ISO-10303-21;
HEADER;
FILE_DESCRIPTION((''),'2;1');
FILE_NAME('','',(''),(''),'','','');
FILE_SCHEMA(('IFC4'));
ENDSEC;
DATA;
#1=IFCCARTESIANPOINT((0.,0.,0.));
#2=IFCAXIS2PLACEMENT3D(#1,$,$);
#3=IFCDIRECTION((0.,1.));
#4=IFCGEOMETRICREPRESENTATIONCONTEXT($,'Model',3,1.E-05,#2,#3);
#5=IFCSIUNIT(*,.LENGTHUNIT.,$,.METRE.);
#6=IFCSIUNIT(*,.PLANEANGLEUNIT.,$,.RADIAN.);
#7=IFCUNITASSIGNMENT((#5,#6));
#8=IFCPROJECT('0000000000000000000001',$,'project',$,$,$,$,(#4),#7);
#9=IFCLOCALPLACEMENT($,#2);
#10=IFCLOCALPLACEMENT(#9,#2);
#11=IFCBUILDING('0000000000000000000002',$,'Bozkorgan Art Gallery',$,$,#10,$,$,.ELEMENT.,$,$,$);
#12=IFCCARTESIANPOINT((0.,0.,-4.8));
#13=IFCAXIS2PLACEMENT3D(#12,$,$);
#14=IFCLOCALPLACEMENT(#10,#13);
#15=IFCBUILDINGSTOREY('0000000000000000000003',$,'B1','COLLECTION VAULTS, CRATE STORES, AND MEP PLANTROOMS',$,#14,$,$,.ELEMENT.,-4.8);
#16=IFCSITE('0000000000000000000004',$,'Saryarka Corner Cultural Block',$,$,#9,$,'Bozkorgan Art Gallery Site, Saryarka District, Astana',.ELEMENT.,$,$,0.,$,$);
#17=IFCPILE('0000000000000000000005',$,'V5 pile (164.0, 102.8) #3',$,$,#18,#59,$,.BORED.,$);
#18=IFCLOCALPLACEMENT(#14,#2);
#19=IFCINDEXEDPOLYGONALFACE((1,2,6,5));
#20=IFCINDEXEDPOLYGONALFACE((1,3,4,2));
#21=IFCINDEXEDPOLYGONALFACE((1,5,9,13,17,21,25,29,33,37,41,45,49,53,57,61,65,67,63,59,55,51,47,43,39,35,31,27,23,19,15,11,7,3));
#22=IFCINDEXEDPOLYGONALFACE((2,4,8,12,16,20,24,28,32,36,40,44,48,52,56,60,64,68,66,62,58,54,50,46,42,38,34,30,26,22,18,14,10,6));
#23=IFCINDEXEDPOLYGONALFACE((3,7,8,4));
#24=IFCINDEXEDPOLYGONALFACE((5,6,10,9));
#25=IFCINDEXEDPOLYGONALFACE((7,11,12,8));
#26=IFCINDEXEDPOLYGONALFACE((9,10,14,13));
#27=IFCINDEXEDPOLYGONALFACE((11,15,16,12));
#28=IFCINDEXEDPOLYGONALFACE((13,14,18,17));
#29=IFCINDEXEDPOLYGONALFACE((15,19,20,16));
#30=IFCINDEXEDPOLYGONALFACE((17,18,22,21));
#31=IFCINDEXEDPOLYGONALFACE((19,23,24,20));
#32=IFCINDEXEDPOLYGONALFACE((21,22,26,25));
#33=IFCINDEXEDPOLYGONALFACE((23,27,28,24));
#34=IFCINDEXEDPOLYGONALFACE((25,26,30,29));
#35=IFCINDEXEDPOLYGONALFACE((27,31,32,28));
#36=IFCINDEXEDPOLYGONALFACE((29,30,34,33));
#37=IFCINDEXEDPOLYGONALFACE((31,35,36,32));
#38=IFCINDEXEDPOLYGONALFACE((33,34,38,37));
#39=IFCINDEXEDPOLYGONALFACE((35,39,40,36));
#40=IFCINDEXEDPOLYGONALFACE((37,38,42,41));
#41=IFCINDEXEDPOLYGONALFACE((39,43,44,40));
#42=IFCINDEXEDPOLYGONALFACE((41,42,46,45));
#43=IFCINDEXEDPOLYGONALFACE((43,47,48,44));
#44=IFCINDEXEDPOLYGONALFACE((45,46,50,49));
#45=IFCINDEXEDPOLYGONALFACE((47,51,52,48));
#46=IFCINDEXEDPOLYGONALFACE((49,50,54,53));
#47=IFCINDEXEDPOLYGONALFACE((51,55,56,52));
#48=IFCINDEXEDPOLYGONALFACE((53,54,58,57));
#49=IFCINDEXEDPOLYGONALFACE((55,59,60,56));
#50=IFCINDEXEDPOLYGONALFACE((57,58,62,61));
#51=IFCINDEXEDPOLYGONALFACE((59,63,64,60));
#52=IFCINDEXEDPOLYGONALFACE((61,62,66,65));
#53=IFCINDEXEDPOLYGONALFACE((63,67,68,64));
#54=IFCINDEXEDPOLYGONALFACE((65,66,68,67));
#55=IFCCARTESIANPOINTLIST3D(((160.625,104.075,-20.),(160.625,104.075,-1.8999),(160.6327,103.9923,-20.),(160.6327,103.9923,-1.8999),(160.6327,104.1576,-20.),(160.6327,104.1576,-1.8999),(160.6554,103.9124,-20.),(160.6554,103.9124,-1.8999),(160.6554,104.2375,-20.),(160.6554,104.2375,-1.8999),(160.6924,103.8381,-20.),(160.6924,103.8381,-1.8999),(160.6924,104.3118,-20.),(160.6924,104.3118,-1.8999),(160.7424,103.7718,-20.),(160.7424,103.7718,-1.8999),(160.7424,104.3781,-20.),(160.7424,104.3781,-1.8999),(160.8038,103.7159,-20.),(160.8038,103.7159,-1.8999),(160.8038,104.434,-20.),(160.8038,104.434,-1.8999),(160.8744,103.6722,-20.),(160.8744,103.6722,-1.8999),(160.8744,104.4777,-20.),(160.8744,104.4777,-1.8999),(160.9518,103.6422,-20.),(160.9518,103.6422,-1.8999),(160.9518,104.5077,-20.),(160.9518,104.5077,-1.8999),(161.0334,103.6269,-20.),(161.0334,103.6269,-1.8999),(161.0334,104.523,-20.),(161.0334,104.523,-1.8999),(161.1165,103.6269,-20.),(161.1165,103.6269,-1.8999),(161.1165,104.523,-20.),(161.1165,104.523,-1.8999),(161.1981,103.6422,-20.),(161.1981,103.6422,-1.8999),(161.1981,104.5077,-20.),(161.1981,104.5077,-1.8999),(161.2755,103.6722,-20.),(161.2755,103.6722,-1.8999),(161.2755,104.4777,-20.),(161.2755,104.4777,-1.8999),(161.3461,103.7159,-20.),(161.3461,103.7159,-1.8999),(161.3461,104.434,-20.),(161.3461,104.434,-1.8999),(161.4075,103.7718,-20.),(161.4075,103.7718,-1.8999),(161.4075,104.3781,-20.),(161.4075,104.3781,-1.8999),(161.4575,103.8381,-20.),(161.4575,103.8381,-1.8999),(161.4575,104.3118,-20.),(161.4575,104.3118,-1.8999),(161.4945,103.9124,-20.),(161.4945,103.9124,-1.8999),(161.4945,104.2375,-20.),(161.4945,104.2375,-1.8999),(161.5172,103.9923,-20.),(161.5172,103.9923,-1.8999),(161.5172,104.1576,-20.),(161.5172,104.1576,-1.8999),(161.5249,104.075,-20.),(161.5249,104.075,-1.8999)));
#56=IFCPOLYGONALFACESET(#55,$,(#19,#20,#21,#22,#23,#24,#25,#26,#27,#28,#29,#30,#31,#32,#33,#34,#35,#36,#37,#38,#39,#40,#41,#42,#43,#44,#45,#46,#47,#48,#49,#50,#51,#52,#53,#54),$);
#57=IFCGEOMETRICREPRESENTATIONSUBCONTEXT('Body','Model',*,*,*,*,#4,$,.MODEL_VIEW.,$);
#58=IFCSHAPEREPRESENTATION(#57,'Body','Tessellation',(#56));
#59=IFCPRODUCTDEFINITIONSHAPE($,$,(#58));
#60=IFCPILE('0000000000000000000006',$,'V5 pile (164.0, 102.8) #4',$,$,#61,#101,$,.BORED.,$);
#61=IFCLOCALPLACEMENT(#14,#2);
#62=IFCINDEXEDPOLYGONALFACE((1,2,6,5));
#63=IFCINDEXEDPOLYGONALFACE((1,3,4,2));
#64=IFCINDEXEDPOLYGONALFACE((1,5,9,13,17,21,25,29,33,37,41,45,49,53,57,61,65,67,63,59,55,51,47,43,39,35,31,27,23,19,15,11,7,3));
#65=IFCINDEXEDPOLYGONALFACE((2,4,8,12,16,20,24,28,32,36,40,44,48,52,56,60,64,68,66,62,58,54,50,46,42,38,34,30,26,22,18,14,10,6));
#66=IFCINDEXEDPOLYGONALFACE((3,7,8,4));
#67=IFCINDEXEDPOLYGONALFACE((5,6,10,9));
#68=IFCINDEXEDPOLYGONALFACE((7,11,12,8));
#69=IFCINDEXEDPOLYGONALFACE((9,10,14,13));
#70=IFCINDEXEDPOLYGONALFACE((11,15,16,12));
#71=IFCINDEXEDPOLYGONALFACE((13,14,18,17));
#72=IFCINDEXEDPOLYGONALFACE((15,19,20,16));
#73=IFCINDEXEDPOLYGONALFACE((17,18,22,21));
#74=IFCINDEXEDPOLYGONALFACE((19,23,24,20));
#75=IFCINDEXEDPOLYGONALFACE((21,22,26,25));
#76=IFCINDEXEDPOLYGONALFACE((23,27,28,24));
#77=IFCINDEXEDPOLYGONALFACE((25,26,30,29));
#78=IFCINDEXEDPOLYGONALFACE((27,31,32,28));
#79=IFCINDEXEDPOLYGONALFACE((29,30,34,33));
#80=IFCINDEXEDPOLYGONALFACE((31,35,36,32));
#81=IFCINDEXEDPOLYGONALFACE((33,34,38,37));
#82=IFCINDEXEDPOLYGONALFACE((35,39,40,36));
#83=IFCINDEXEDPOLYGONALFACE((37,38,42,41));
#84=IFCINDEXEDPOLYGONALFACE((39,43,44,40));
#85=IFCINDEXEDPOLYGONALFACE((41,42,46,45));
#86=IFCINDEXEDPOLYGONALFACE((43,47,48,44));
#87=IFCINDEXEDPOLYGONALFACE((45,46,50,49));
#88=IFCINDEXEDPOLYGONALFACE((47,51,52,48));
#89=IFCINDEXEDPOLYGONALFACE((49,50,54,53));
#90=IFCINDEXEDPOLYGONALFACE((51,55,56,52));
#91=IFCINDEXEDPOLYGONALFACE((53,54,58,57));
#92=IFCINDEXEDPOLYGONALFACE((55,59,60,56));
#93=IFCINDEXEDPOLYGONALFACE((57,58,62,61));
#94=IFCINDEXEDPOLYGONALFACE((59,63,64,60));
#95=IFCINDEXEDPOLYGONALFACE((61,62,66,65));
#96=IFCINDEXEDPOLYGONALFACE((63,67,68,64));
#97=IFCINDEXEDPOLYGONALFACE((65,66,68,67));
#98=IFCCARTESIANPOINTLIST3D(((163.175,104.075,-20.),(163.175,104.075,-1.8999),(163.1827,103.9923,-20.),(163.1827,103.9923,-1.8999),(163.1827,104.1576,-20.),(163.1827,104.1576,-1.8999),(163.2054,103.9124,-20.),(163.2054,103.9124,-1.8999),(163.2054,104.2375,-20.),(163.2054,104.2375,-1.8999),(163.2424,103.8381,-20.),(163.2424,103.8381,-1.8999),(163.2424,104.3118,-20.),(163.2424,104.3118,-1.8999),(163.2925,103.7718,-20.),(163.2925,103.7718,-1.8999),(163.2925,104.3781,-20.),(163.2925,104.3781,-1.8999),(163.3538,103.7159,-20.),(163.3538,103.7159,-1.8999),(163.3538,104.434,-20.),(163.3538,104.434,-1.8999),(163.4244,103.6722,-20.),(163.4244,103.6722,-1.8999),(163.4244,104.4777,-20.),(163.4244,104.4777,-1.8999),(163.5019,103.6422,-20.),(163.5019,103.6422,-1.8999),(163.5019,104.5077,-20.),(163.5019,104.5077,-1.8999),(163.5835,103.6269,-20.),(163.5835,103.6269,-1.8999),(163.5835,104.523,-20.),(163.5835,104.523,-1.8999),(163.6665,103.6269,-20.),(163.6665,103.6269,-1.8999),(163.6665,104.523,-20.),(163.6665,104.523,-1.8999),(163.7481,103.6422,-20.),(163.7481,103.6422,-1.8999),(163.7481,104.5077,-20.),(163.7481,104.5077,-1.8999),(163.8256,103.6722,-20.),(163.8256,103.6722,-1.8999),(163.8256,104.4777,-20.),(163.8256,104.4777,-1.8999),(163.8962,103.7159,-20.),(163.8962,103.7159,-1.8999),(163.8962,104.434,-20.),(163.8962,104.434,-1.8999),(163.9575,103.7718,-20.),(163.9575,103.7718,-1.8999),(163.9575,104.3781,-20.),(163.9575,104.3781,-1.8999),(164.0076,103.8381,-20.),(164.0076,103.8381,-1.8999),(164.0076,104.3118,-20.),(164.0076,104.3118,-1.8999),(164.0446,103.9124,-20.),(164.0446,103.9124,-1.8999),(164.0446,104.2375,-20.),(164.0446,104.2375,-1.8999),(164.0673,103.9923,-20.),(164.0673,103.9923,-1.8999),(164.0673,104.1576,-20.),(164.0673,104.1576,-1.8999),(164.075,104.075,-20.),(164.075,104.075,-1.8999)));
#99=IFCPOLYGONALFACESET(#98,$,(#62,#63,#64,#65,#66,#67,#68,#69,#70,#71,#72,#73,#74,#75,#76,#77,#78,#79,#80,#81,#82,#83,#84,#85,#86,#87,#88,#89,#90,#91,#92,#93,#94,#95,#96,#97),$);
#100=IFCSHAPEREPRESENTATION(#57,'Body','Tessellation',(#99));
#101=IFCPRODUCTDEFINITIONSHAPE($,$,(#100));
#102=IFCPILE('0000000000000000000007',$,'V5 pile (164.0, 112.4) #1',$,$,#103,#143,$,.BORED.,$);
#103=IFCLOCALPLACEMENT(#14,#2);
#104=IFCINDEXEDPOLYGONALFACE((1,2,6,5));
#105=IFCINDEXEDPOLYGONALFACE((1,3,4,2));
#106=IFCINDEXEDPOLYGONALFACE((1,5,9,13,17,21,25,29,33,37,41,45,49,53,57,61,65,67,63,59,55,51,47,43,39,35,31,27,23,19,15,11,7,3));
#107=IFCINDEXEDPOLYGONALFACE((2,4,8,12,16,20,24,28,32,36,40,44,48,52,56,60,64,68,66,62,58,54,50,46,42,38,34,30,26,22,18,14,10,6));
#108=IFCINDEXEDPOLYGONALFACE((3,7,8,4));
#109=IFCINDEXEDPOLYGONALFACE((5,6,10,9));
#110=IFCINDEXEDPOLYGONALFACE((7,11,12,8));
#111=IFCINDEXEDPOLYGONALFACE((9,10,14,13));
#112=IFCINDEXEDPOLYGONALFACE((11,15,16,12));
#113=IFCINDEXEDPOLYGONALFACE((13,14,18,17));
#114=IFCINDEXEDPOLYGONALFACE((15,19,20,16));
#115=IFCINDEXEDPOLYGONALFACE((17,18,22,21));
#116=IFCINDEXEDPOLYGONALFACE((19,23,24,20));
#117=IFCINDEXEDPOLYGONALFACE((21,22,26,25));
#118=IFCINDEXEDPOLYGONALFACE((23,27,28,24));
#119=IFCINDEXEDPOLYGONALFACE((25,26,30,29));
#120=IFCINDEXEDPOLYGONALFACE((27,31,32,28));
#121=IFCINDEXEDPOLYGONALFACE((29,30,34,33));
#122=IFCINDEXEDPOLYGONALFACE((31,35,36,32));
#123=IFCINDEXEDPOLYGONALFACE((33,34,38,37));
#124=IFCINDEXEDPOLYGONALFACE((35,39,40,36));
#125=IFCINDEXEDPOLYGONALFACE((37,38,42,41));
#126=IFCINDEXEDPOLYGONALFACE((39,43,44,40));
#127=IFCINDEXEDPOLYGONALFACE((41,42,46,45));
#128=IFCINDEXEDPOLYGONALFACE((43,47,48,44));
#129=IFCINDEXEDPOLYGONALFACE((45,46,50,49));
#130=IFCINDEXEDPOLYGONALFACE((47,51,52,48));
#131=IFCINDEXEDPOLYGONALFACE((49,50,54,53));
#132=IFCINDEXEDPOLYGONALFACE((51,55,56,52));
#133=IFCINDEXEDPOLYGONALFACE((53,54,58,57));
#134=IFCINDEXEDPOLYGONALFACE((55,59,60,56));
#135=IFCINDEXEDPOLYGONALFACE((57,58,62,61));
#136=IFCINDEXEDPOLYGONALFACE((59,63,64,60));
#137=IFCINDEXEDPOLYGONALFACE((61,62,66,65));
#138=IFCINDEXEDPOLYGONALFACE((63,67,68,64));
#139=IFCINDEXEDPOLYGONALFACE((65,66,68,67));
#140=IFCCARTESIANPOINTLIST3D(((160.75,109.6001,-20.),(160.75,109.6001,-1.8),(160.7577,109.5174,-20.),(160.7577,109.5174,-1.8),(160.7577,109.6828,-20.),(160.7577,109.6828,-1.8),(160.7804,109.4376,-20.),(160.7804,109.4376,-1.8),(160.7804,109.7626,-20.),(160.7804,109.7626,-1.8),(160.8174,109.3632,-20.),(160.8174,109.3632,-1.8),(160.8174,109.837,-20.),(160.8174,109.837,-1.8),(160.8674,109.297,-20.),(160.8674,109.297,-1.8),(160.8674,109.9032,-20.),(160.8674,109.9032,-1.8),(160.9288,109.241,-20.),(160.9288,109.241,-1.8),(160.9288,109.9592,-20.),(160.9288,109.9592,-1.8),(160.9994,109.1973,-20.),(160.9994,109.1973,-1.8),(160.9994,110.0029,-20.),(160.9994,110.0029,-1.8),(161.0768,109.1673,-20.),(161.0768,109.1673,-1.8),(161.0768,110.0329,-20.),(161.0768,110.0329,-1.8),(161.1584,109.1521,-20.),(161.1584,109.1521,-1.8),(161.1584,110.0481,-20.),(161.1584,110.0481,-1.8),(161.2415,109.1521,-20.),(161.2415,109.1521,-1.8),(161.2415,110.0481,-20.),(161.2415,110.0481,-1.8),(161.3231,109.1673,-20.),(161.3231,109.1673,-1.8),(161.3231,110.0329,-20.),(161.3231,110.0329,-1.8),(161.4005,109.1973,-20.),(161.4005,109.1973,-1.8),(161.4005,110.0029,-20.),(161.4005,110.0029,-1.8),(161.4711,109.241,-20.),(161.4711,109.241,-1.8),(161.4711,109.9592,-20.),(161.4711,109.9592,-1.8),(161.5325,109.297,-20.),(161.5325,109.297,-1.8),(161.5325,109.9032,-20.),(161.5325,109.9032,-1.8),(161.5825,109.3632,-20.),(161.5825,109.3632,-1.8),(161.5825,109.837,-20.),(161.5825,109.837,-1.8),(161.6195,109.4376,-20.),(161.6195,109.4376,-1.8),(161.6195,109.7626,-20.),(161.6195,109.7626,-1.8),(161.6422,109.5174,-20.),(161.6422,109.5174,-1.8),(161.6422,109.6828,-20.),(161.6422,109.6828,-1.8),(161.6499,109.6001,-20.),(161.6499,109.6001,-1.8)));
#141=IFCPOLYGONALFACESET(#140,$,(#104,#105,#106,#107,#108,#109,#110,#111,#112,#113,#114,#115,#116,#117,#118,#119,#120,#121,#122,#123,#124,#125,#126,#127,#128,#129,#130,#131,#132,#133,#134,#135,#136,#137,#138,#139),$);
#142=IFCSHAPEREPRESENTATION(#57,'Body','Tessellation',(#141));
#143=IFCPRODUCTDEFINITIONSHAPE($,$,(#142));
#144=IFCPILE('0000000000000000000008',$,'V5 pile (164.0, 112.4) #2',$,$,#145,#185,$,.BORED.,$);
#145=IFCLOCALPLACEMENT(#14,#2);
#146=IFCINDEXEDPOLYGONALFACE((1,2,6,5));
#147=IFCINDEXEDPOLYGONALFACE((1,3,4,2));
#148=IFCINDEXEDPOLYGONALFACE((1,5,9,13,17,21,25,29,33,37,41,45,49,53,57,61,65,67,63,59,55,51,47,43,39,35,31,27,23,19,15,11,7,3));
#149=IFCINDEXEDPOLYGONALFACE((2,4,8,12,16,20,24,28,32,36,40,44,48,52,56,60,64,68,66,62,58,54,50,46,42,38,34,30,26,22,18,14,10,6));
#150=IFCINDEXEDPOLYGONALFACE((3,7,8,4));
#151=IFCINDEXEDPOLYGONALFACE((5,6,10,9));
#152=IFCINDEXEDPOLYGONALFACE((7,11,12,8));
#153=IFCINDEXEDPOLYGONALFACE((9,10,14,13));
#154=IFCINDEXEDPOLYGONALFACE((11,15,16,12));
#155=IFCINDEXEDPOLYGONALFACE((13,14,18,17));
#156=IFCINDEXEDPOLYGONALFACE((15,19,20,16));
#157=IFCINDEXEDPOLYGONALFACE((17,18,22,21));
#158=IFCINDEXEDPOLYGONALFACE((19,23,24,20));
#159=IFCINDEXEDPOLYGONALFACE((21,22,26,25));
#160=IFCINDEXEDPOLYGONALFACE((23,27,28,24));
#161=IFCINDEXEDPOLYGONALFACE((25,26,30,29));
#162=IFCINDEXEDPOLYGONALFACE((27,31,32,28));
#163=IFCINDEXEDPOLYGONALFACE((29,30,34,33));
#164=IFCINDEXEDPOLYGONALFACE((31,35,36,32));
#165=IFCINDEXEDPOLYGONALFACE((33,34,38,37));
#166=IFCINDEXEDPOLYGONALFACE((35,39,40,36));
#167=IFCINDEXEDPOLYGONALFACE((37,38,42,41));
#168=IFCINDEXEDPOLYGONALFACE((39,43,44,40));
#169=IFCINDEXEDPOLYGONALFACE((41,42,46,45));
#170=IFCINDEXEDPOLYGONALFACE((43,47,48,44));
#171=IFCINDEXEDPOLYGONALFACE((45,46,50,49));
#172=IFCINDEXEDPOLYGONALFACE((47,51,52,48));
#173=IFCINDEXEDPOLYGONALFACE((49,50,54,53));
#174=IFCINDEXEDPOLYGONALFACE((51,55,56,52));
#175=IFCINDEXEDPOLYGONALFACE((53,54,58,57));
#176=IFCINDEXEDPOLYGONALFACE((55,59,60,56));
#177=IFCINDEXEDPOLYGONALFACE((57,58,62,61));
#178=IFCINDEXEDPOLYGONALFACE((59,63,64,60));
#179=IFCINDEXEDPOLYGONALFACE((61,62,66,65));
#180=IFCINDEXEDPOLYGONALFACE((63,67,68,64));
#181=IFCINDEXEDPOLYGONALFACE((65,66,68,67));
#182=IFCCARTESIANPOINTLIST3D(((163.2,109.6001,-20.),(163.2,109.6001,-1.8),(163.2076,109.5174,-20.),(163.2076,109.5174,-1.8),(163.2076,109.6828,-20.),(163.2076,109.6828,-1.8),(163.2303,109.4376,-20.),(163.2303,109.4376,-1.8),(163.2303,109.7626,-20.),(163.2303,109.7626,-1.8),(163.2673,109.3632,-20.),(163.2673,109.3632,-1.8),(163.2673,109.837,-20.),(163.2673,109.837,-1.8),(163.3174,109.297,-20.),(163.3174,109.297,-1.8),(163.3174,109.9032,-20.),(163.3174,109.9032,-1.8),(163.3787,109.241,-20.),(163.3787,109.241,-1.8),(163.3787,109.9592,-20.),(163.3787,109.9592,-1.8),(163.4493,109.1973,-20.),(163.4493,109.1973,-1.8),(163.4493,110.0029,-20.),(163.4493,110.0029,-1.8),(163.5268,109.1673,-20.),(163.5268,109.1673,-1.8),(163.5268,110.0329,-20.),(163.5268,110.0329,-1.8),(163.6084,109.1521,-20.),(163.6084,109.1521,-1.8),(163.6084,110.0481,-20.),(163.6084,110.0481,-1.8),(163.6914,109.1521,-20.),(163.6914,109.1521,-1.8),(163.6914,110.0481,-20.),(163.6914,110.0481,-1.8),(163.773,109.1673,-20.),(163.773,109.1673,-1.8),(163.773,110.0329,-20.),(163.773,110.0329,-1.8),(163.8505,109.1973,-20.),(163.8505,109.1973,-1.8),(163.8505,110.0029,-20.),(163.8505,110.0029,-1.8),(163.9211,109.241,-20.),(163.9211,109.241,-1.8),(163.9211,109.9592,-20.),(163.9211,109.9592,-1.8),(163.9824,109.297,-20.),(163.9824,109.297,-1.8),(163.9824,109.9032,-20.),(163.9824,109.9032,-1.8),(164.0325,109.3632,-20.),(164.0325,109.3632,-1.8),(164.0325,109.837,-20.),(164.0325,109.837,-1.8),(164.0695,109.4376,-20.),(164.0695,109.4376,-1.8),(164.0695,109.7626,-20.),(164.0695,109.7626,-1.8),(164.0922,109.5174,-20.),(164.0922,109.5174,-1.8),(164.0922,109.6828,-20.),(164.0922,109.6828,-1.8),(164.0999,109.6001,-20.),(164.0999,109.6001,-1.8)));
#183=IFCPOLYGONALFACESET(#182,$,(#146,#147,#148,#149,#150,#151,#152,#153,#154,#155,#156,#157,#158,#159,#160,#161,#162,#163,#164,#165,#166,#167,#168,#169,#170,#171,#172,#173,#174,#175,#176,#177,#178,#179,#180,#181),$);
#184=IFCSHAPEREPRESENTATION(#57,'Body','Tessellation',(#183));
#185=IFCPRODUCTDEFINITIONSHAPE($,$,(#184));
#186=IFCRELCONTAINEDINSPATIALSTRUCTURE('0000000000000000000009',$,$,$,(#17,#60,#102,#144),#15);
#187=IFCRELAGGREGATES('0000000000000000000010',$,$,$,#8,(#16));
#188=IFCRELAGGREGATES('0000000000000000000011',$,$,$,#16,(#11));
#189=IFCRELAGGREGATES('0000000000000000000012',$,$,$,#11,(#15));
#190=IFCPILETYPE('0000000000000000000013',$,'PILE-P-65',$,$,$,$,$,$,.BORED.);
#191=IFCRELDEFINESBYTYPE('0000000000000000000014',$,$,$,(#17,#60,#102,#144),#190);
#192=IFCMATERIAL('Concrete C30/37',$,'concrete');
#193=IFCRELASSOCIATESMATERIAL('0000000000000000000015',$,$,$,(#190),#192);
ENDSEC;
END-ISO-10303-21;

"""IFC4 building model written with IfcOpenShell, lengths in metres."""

from ifc_helpers import new_model, si_unit, direction, frame, origin, origin_2d, place, context, subcontext, project, spatial, circle, extrude, material, material_profile, profile_set, type_object, element, save


model = new_model("IFC4")

# Units and contexts
model_context = context("Model", 3, precision=1e-05, world=origin(), true_north=direction((0.0, 1.0)))
body_context = subcontext(model_context, "Body", "Model", "MODEL_VIEW")
ifc_project = project(units=[si_unit("LENGTHUNIT", "METRE"), si_unit("PLANEANGLEUNIT", "RADIAN")], contexts=[model_context])

# Site, building, storey
site_placement = place(None, origin())
site = spatial("IfcSite", under=ifc_project, at=site_placement, Name="Saryarka Corner Cultural Block", LongName="Bozkorgan Art Gallery Site, Saryarka District, Astana", CompositionType="ELEMENT", RefElevation=0.0)
building_placement = place(site_placement, origin())
building = spatial("IfcBuilding", under=site, at=building_placement, Name="Bozkorgan Art Gallery", CompositionType="ELEMENT")
storey_placement = place(building_placement, frame((0.0, 0.0, -4.8)))
storey = spatial("IfcBuildingStorey", under=building, at=storey_placement, Name="B1", Description="COLLECTION VAULTS, CRATE STORES, AND MEP PLANTROOMS", CompositionType="ELEMENT", Elevation=-4.8)

# Shared definitions
ifc_material_1 = material(Name="Concrete C30/37", Category="concrete")

# Piles
ifc_material_profile_1 = material_profile(ifc_material_1, circle(Radius=0.45, at=origin_2d()), Name="PILE D900")
ifc_profile_set_1 = profile_set([ifc_material_profile_1], Name="Concrete C30/37")
pile_type = type_object("IfcPileType", Name="PILE-P-65", PredefinedType="BORED", material=ifc_profile_set_1)
for number, where, z_axis, x_axis, name in (
    (1, (161.075, 104.075, -1.8999), (0.0, 0.0, -1.0), (1.0, 0.0, 0.0), "V5 pile (164.0, 102.8) #3"),
    (2, (163.625, 104.075, -1.8999), (0.0, 0.0, -1.0), (1.0, 0.0, 0.0), "V5 pile (164.0, 102.8) #4"),
):
    element("IfcPile", number, at=place(storey_placement, frame(where, z_axis=z_axis, x_axis=x_axis)), inside=storey, type_object=pile_type, Name=name, PredefinedType="BORED", context=body_context, shape_type="SweptSolid", body=[
        extrude(circle(Radius=0.45, at=origin_2d()), origin(), (0.0, 0.0, 1.0), 18.1001),
    ])
for number, where, z_axis, x_axis, name in (
    (3, (161.2, 109.6001, -1.8), (0.0, 0.0, -1.0), (1.0, 0.0, 0.0), "V5 pile (164.0, 112.4) #1"),
    (4, (163.6499, 109.6001, -1.8), (0.0, 0.0, -1.0), (1.0, 0.0, 0.0), "V5 pile (164.0, 112.4) #2"),
):
    element("IfcPile", number, at=place(storey_placement, frame(where, z_axis=z_axis, x_axis=x_axis)), inside=storey, type_object=pile_type, Name=name, PredefinedType="BORED", context=body_context, shape_type="SweptSolid", body=[
        extrude(circle(Radius=0.45, at=origin_2d()), origin(), (0.0, 0.0, 1.0), 18.2),
    ])

save(model, "model.ifc")
